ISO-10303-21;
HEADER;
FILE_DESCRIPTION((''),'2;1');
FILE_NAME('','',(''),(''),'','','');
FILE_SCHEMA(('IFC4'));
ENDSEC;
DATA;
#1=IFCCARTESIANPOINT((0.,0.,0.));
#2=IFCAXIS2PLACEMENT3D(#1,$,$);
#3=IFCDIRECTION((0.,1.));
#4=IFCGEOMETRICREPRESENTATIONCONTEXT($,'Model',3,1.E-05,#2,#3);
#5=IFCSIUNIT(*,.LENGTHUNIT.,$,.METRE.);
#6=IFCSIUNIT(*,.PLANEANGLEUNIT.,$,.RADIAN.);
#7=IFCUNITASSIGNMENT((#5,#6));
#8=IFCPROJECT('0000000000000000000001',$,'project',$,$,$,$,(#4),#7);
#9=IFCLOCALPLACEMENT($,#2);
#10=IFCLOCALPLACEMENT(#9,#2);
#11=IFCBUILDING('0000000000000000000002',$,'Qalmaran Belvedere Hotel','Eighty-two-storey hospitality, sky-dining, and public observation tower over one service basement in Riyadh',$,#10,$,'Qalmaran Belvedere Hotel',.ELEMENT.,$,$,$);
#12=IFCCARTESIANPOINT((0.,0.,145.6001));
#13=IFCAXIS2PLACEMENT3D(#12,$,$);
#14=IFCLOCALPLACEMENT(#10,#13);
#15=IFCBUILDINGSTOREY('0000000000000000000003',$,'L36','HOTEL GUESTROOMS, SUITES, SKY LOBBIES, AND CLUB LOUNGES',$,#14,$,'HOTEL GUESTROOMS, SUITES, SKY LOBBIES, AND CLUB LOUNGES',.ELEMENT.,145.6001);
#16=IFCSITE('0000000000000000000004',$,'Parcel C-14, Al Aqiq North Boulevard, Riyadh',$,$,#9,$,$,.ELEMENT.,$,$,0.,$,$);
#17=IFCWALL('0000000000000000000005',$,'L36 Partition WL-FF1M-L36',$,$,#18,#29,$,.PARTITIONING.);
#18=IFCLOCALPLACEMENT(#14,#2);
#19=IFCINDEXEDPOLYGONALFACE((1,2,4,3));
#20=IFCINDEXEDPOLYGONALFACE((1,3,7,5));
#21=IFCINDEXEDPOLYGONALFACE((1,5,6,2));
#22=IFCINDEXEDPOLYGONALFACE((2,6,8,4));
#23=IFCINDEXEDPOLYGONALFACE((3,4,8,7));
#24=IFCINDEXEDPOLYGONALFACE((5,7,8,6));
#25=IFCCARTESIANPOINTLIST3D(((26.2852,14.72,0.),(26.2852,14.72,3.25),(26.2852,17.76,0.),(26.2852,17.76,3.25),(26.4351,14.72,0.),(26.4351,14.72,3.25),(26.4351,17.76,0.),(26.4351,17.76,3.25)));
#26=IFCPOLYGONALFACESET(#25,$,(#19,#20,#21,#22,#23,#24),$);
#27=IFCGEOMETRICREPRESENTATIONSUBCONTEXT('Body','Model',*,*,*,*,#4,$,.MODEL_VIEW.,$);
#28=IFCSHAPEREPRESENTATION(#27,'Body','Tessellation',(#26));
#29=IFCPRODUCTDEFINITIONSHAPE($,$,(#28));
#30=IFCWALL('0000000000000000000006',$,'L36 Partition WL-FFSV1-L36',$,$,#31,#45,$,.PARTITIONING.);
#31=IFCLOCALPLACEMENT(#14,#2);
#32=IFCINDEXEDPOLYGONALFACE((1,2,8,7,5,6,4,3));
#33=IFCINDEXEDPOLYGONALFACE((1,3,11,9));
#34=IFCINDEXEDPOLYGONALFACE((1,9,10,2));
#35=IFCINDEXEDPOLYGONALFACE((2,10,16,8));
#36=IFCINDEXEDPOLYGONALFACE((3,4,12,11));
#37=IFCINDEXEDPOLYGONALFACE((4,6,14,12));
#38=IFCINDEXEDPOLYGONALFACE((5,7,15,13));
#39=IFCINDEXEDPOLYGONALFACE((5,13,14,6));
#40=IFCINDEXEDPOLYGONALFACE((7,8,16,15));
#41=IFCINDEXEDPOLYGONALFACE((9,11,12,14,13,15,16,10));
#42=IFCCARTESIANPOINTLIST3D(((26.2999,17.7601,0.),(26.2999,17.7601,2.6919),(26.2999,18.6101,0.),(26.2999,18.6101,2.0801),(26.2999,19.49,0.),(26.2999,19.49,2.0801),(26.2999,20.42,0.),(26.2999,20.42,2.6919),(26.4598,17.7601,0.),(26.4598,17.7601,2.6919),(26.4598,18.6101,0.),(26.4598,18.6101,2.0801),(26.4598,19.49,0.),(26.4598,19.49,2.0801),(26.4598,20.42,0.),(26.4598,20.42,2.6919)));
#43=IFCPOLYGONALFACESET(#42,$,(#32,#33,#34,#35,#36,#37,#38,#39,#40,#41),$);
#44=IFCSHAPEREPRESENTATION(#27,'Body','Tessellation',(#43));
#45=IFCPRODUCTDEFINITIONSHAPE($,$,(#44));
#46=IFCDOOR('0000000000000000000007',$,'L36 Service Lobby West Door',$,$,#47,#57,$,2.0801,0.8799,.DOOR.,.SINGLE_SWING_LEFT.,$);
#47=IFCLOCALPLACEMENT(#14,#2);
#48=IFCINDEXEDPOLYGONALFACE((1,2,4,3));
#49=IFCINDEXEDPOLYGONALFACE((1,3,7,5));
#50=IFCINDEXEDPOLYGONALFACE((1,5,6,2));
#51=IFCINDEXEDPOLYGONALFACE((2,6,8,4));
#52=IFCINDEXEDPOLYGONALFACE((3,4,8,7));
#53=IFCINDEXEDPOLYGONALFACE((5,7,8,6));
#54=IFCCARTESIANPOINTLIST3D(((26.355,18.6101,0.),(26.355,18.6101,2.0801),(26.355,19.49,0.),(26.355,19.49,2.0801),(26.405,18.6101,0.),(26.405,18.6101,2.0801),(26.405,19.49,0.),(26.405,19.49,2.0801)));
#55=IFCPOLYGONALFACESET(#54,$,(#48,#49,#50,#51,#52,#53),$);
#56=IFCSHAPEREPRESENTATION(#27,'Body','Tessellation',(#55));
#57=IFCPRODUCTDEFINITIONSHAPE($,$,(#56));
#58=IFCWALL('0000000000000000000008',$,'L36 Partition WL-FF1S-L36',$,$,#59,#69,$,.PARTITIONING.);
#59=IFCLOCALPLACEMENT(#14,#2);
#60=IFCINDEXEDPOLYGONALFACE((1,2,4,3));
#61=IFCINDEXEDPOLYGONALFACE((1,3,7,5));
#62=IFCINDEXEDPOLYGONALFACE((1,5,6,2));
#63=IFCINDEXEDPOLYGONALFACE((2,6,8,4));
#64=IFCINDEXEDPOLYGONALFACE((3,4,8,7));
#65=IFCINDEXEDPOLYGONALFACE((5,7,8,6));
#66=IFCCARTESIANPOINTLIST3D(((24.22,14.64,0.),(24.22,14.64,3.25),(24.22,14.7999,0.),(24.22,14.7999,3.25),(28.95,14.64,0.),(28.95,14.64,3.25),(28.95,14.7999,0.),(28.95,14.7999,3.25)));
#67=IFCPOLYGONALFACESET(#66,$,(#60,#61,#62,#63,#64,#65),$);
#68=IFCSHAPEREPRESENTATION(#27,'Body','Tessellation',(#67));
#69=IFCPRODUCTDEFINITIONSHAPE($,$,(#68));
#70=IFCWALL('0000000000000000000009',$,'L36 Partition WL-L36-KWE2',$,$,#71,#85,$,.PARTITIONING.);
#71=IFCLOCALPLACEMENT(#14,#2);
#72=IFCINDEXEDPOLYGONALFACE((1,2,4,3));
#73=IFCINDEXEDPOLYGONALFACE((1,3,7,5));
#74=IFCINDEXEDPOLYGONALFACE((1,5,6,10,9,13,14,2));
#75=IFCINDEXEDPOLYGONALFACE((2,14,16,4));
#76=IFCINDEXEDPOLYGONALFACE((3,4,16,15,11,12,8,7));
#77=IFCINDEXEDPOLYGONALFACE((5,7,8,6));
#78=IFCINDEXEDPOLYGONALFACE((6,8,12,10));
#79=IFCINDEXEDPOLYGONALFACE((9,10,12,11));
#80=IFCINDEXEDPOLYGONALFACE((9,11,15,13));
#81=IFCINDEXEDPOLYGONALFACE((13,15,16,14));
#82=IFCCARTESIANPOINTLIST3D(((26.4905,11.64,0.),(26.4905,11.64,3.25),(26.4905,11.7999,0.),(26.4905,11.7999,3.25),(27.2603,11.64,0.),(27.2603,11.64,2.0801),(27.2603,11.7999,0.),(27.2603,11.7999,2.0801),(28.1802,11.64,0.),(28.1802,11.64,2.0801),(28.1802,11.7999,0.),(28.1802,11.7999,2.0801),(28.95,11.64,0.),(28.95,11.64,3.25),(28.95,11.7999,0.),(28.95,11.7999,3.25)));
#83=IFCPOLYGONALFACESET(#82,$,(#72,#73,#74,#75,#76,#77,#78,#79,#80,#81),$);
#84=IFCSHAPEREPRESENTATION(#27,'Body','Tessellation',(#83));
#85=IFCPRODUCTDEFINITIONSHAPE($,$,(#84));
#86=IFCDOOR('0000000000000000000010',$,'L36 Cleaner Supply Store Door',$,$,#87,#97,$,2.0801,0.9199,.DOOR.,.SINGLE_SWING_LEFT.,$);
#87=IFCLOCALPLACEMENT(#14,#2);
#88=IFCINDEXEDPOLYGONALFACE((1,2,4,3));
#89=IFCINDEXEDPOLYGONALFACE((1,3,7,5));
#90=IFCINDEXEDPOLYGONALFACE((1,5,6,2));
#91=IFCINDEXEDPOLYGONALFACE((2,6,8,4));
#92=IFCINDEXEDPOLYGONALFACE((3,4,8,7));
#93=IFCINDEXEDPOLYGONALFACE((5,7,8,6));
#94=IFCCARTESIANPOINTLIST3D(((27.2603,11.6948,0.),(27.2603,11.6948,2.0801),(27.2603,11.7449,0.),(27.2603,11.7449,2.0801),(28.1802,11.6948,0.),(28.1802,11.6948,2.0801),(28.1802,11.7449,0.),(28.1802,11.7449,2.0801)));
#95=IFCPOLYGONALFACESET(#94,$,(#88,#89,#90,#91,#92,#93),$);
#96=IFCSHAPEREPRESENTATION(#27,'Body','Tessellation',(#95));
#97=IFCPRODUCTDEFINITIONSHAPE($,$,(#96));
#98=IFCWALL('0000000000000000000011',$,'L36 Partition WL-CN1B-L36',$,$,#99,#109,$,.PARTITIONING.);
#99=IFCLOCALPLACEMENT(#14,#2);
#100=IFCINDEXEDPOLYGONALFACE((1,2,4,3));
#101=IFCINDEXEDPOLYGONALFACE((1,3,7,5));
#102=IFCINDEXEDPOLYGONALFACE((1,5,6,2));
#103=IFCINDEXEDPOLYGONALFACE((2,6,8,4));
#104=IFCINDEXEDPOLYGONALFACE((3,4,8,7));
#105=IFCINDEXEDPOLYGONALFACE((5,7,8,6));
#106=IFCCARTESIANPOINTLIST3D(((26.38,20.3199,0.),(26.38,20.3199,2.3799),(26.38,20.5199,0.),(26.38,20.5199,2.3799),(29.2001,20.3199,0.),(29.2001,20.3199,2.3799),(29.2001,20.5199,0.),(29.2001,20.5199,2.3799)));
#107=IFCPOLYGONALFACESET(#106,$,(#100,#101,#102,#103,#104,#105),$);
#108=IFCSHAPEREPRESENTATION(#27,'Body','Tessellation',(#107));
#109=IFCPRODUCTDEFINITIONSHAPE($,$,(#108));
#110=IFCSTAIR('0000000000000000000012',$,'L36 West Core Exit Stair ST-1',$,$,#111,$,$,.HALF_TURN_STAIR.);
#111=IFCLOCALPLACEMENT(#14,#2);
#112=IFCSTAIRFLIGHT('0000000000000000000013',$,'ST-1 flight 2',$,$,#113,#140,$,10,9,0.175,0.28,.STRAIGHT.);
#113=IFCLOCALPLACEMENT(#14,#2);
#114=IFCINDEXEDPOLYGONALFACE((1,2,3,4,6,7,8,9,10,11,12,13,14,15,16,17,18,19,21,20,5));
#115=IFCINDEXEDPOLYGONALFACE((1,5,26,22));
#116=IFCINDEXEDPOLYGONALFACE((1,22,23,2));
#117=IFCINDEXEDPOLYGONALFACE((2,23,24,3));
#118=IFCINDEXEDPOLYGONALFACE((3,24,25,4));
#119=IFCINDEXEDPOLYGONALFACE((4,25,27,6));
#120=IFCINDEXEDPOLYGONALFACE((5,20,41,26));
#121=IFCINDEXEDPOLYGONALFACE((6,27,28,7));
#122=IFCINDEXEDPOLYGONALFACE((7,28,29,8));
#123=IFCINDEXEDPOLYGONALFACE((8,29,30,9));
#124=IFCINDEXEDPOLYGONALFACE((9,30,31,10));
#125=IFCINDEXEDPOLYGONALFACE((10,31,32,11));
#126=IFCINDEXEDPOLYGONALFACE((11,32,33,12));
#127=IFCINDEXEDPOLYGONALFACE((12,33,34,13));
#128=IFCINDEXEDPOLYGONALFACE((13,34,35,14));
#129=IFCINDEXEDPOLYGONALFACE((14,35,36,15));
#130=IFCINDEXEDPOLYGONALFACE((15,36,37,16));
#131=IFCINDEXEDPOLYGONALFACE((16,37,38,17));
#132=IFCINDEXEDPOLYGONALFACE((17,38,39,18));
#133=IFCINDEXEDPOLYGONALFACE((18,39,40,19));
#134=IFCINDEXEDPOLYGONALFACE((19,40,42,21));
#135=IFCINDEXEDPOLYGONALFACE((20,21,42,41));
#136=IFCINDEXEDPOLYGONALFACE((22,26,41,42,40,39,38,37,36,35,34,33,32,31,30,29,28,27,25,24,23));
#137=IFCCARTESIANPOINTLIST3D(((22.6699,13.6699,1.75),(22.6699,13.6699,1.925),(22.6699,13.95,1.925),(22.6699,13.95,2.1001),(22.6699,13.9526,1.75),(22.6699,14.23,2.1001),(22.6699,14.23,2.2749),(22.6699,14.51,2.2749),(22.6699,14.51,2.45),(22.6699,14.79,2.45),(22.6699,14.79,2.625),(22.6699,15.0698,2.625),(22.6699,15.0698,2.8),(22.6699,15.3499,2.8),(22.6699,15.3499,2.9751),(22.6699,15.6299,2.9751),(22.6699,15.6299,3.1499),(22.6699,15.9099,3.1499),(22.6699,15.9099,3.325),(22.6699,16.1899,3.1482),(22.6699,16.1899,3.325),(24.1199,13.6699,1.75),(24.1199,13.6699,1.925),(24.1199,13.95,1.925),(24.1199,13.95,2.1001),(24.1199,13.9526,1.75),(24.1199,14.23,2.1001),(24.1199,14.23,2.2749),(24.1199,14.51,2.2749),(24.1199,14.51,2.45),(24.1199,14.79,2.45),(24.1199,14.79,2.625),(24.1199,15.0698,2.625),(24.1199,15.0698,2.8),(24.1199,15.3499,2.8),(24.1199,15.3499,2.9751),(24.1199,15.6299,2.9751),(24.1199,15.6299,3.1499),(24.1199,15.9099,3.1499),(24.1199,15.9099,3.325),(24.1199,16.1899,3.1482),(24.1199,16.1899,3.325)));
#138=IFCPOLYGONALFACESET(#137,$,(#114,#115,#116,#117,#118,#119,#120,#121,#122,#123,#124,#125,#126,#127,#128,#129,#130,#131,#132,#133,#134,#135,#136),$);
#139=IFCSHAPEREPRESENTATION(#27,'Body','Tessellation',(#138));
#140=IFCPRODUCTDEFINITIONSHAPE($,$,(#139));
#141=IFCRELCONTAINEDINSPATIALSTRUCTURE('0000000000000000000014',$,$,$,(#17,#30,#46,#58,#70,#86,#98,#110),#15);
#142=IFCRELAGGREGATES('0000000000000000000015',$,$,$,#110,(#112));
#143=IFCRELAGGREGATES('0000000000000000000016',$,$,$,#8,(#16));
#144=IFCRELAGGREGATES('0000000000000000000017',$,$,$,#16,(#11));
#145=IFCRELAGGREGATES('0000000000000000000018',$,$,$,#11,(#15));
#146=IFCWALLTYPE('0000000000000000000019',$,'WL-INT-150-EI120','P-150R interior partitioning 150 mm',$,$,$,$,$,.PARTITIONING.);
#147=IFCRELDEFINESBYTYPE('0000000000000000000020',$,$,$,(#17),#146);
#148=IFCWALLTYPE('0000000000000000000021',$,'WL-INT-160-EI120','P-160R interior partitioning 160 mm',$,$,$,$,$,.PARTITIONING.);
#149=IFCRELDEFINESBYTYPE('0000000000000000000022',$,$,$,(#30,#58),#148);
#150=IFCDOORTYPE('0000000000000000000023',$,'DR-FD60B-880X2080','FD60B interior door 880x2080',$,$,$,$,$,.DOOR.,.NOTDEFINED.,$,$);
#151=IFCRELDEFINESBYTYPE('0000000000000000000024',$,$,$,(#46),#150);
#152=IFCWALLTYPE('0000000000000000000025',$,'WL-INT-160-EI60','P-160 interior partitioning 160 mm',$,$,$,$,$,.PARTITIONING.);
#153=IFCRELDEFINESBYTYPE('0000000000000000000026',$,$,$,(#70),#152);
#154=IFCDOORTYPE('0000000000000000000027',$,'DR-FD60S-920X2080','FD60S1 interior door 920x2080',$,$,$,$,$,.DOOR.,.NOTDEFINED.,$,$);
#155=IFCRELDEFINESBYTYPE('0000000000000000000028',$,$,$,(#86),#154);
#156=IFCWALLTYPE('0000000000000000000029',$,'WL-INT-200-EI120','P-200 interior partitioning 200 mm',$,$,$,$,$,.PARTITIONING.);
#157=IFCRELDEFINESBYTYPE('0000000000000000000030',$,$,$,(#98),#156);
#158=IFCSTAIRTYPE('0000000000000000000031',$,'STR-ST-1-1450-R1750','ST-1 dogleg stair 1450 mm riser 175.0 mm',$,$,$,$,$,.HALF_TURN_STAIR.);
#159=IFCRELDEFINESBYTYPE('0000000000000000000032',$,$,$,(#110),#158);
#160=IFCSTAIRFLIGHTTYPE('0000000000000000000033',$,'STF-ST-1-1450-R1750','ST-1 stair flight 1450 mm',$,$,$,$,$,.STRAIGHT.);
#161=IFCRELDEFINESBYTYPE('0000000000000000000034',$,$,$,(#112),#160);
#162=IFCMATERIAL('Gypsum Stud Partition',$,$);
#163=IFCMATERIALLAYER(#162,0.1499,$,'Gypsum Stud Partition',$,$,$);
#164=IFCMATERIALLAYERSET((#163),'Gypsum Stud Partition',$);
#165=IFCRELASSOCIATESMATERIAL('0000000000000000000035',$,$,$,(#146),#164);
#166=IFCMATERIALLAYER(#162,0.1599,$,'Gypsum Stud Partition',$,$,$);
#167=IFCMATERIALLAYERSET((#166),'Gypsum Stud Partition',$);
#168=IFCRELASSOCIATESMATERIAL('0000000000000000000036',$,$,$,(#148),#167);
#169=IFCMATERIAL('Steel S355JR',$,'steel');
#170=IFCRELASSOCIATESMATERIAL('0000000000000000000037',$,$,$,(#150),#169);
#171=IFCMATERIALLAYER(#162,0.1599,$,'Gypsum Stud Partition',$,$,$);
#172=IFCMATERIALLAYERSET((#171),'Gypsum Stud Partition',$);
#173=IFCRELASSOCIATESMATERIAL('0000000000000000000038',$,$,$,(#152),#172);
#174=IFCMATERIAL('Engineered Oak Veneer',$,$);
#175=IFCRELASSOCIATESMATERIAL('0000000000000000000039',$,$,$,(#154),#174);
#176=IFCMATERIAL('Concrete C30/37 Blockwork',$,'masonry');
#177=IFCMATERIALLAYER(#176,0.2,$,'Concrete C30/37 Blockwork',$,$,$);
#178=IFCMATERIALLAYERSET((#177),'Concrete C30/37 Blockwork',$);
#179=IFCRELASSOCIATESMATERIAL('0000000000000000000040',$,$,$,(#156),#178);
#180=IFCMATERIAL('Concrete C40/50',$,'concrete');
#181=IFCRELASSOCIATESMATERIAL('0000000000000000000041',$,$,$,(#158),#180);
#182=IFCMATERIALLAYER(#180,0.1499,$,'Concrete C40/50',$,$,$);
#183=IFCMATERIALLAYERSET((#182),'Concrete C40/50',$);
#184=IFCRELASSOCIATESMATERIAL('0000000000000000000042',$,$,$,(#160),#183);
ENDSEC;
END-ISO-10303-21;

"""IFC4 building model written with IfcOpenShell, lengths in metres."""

from ifc_helpers import new_model, si_unit, direction, frame, frame_2d, origin, place, context, subcontext, project, spatial, polyline, rectangle, outline, extrude, material, layer, layer_set, type_object, element, fill, aggregate, save


model = new_model("IFC4")

# Units and contexts
model_context = context("Model", 3, precision=1e-05, world=origin(), true_north=direction((0.0, 1.0)))
body_context = subcontext(model_context, "Body", "Model", "MODEL_VIEW")
ifc_project = project(units=[si_unit("LENGTHUNIT", "METRE"), si_unit("PLANEANGLEUNIT", "RADIAN")], contexts=[model_context])

# Site, building, storey
site_placement = place(None, origin())
site = spatial("IfcSite", under=ifc_project, at=site_placement, Name="Parcel C-14, Al Aqiq North Boulevard, Riyadh", CompositionType="ELEMENT", RefElevation=0.0)
building_placement = place(site_placement, origin())
building = spatial("IfcBuilding", under=site, at=building_placement, Name="Qalmaran Belvedere Hotel", Description="Eighty-two-storey hospitality, sky-dining, and public observation tower over one service basement in Riyadh", LongName="Qalmaran Belvedere Hotel", CompositionType="ELEMENT")
storey_placement = place(building_placement, frame((0.0, 0.0, 145.6001)))
storey = spatial("IfcBuildingStorey", under=building, at=storey_placement, Name="L36", Description="HOTEL GUESTROOMS, SUITES, SKY LOBBIES, AND CLUB LOUNGES", LongName="HOTEL GUESTROOMS, SUITES, SKY LOBBIES, AND CLUB LOUNGES", CompositionType="ELEMENT", Elevation=145.6001)

# Wall
ifc_material_1 = material(Name="Gypsum Stud Partition")
ifc_layer_1 = layer(ifc_material_1, 0.1499, Name="Gypsum Stud Partition")
ifc_layer_set_1 = layer_set([ifc_layer_1], Name="Gypsum Stud Partition")
wall_type_1 = type_object("IfcWallType", Name="WL-INT-150-EI120", Description="P-150R interior partitioning 150 mm", PredefinedType="PARTITIONING", material=ifc_layer_set_1)
wall_1_placement = place(storey_placement, frame((26.3601, 14.72, 0.0), z_axis=(0.0, 0.0, 1.0), x_axis=(0.0, 1.0, 0.0)))
element("IfcWall", 1, at=wall_1_placement, inside=storey, type_object=wall_type_1, Name="L36 Partition WL-FF1M-L36", PredefinedType="PARTITIONING", context=body_context, shape_type="SweptSolid", body=[
    extrude(rectangle(XDim=3.04, YDim=0.1499, at=frame_2d((1.52, 0.0))), origin(), (0.0, 0.0, 1.0), 3.25),
])

# Wall, opening, door
ifc_layer_2 = layer(ifc_material_1, 0.1599, Name="Gypsum Stud Partition")
ifc_layer_set_2 = layer_set([ifc_layer_2], Name="Gypsum Stud Partition")
wall_type_2 = type_object("IfcWallType", Name="WL-INT-160-EI120", Description="P-160R interior partitioning 160 mm", PredefinedType="PARTITIONING", material=ifc_layer_set_2)
wall_2_placement = place(storey_placement, frame((26.3799, 17.76, 0.0), z_axis=(0.0, 0.0, 1.0), x_axis=(0.0, 1.0, 0.0)))
wall_2 = element("IfcWall", 2, at=wall_2_placement, inside=storey, type_object=wall_type_2, Name="L36 Partition WL-FFSV1-L36", PredefinedType="PARTITIONING", context=body_context, shape_type="SweptSolid", body=[
    extrude(rectangle(XDim=2.6599, YDim=0.1599, at=frame_2d((1.3301, 0.0))), origin(), (0.0, 0.0, 1.0), 2.6919),
])
opening_1_placement = place(wall_2_placement, frame((0.8501, 0.0, 0.0)))
opening_1 = element("IfcOpeningElement", 3, at=opening_1_placement, cuts=wall_2, PredefinedType="OPENING", context=body_context, shape_type="SweptSolid", body=[
    extrude(rectangle(XDim=0.8799, YDim=2.0801, at=frame_2d((0.4399, 1.04))), frame((0.0, 0.0898, 0.0), z_axis=(0.0, -1.0, 0.0), x_axis=(1.0, 0.0, 0.0)), (0.0, 0.0, 1.0), 0.1799),
])
ifc_material_2 = material(Name="Steel S355JR", Category="steel")
door_type_1 = type_object("IfcDoorType", Name="DR-FD60B-880X2080", Description="FD60B interior door 880x2080", OperationType="NOTDEFINED", PredefinedType="DOOR", material=ifc_material_2)
door_1_placement = place(opening_1_placement, origin())
door_1 = element("IfcDoor", 4, at=door_1_placement, inside=storey, type_object=door_type_1, Name="L36 Service Lobby West Door", OperationType="SINGLE_SWING_LEFT", OverallHeight=2.0801, OverallWidth=0.8799, PredefinedType="DOOR", context=body_context, shape_type="SweptSolid", body=[
    extrude(rectangle(XDim=0.8799, YDim=2.0801, at=frame_2d((0.4399, 1.04))), frame((0.0, 0.0249, 0.0), z_axis=(0.0, -1.0, 0.0), x_axis=(1.0, 0.0, 0.0)), (0.0, 0.0, 1.0), 0.05),
])
fill(opening_1, door_1)

# Wall
wall_3_placement = place(storey_placement, frame((24.22, 14.72, 0.0), z_axis=(0.0, 0.0, 1.0), x_axis=(1.0, 0.0, 0.0)))
element("IfcWall", 5, at=wall_3_placement, inside=storey, type_object=wall_type_2, Name="L36 Partition WL-FF1S-L36", PredefinedType="PARTITIONING", context=body_context, shape_type="SweptSolid", body=[
    extrude(rectangle(XDim=4.73, YDim=0.1599, at=frame_2d((2.365, 0.0))), origin(), (0.0, 0.0, 1.0), 3.25),
])

# Wall, opening, door
ifc_layer_3 = layer(ifc_material_1, 0.1599, Name="Gypsum Stud Partition")
ifc_layer_set_3 = layer_set([ifc_layer_3], Name="Gypsum Stud Partition")
wall_type_3 = type_object("IfcWallType", Name="WL-INT-160-EI60", Description="P-160 interior partitioning 160 mm", PredefinedType="PARTITIONING", material=ifc_layer_set_3)
wall_4_placement = place(storey_placement, frame((26.4905, 11.72, 0.0), z_axis=(0.0, 0.0, 1.0), x_axis=(1.0, 0.0, 0.0)))
wall_4 = element("IfcWall", 6, at=wall_4_placement, inside=storey, type_object=wall_type_3, Name="L36 Partition WL-L36-KWE2", PredefinedType="PARTITIONING", context=body_context, shape_type="SweptSolid", body=[
    extrude(rectangle(XDim=2.4595, YDim=0.1599, at=frame_2d((1.2297, 0.0))), origin(), (0.0, 0.0, 1.0), 3.25),
])
opening_2_placement = place(wall_4_placement, frame((0.7698, 0.0, 0.0)))
opening_2 = element("IfcOpeningElement", 7, at=opening_2_placement, cuts=wall_4, PredefinedType="OPENING", context=body_context, shape_type="SweptSolid", body=[
    extrude(rectangle(XDim=0.9199, YDim=2.0801, at=frame_2d((0.46, 1.04))), frame((0.0, 0.0898, 0.0), z_axis=(0.0, -1.0, 0.0), x_axis=(1.0, 0.0, 0.0)), (0.0, 0.0, 1.0), 0.1799),
])
ifc_material_3 = material(Name="Engineered Oak Veneer")
door_type_2 = type_object("IfcDoorType", Name="DR-FD60S-920X2080", Description="FD60S1 interior door 920x2080", OperationType="NOTDEFINED", PredefinedType="DOOR", material=ifc_material_3)
door_2_placement = place(opening_2_placement, origin())
door_2 = element("IfcDoor", 8, at=door_2_placement, inside=storey, type_object=door_type_2, Name="L36 Cleaner Supply Store Door", OperationType="SINGLE_SWING_LEFT", OverallHeight=2.0801, OverallWidth=0.9199, PredefinedType="DOOR", context=body_context, shape_type="SweptSolid", body=[
    extrude(rectangle(XDim=0.9199, YDim=2.0801, at=frame_2d((0.46, 1.04))), frame((0.0, 0.0249, 0.0), z_axis=(0.0, -1.0, 0.0), x_axis=(1.0, 0.0, 0.0)), (0.0, 0.0, 1.0), 0.05),
])
fill(opening_2, door_2)

# Wall
ifc_material_4 = material(Name="Concrete C30/37 Blockwork", Category="masonry")
ifc_layer_4 = layer(ifc_material_4, 0.2, Name="Concrete C30/37 Blockwork")
ifc_layer_set_4 = layer_set([ifc_layer_4], Name="Concrete C30/37 Blockwork")
wall_type_4 = type_object("IfcWallType", Name="WL-INT-200-EI120", Description="P-200 interior partitioning 200 mm", PredefinedType="PARTITIONING", material=ifc_layer_set_4)
wall_5_placement = place(storey_placement, frame((26.3799, 20.4199, 0.0), z_axis=(0.0, 0.0, 1.0), x_axis=(1.0, 0.0, 0.0)))
element("IfcWall", 9, at=wall_5_placement, inside=storey, type_object=wall_type_4, Name="L36 Partition WL-CN1B-L36", PredefinedType="PARTITIONING", context=body_context, shape_type="SweptSolid", body=[
    extrude(rectangle(XDim=2.8201, YDim=0.2, at=frame_2d((1.4102, 0.0))), origin(), (0.0, 0.0, 1.0), 2.3799),
])

# Stair, stair flight
ifc_material_5 = material(Name="Concrete C40/50", Category="concrete")
stair_type = type_object("IfcStairType", Name="STR-ST-1-1450-R1750", Description="ST-1 dogleg stair 1450 mm riser 175.0 mm", PredefinedType="HALF_TURN_STAIR", material=ifc_material_5)
stair_placement = place(storey_placement, origin())
stair = element("IfcStair", 10, at=stair_placement, inside=storey, type_object=stair_type, Name="L36 West Core Exit Stair ST-1", PredefinedType="HALF_TURN_STAIR")
ifc_layer_5 = layer(ifc_material_5, 0.1499, Name="Concrete C40/50")
ifc_layer_set_5 = layer_set([ifc_layer_5], Name="Concrete C40/50")
stair_flight_type = type_object("IfcStairFlightType", Name="STF-ST-1-1450-R1750", Description="ST-1 stair flight 1450 mm", PredefinedType="STRAIGHT", material=ifc_layer_set_5)
stair_flight_placement = place(storey_placement, frame((23.395, 13.6699, 1.75), z_axis=(0.0, 0.0, 1.0), x_axis=(0.0, 1.0, 0.0)))
stair_flight = element("IfcStairFlight", 11, at=stair_flight_placement, type_object=stair_flight_type, Name="ST-1 flight 2", NumberOfRisers=10, NumberOfTreads=9, PredefinedType="STRAIGHT", RiserHeight=0.175, TreadLength=0.28, context=body_context, shape_type="SweptSolid", body=[
    extrude(outline(polyline([(0.0, 0.0), (0.0, 0.175), (0.28, 0.175), (0.28, 0.3501), (0.5601, 0.3501), (0.5601, 0.5249), (0.8401, 0.5249), (0.8401, 0.7), (1.1201, 0.7), (1.1201, 0.875), (1.3999, 0.875), (1.3999, 1.05), (1.6799, 1.05), (1.6799, 1.2251), (1.96, 1.2251), (1.96, 1.3999), (2.24, 1.3999), (2.24, 1.575), (2.52, 1.575), (2.52, 1.75), (2.52, 1.3982), (0.2827, 0.0), (0.0, 0.0)])), frame((0.0, 0.7251, 0.0), z_axis=(0.0, -1.0, 0.0), x_axis=(1.0, 0.0, 0.0)), (0.0, 0.0, 1.0), 1.45),
])
aggregate(stair, [stair_flight])

save(model, "model.ifc")
